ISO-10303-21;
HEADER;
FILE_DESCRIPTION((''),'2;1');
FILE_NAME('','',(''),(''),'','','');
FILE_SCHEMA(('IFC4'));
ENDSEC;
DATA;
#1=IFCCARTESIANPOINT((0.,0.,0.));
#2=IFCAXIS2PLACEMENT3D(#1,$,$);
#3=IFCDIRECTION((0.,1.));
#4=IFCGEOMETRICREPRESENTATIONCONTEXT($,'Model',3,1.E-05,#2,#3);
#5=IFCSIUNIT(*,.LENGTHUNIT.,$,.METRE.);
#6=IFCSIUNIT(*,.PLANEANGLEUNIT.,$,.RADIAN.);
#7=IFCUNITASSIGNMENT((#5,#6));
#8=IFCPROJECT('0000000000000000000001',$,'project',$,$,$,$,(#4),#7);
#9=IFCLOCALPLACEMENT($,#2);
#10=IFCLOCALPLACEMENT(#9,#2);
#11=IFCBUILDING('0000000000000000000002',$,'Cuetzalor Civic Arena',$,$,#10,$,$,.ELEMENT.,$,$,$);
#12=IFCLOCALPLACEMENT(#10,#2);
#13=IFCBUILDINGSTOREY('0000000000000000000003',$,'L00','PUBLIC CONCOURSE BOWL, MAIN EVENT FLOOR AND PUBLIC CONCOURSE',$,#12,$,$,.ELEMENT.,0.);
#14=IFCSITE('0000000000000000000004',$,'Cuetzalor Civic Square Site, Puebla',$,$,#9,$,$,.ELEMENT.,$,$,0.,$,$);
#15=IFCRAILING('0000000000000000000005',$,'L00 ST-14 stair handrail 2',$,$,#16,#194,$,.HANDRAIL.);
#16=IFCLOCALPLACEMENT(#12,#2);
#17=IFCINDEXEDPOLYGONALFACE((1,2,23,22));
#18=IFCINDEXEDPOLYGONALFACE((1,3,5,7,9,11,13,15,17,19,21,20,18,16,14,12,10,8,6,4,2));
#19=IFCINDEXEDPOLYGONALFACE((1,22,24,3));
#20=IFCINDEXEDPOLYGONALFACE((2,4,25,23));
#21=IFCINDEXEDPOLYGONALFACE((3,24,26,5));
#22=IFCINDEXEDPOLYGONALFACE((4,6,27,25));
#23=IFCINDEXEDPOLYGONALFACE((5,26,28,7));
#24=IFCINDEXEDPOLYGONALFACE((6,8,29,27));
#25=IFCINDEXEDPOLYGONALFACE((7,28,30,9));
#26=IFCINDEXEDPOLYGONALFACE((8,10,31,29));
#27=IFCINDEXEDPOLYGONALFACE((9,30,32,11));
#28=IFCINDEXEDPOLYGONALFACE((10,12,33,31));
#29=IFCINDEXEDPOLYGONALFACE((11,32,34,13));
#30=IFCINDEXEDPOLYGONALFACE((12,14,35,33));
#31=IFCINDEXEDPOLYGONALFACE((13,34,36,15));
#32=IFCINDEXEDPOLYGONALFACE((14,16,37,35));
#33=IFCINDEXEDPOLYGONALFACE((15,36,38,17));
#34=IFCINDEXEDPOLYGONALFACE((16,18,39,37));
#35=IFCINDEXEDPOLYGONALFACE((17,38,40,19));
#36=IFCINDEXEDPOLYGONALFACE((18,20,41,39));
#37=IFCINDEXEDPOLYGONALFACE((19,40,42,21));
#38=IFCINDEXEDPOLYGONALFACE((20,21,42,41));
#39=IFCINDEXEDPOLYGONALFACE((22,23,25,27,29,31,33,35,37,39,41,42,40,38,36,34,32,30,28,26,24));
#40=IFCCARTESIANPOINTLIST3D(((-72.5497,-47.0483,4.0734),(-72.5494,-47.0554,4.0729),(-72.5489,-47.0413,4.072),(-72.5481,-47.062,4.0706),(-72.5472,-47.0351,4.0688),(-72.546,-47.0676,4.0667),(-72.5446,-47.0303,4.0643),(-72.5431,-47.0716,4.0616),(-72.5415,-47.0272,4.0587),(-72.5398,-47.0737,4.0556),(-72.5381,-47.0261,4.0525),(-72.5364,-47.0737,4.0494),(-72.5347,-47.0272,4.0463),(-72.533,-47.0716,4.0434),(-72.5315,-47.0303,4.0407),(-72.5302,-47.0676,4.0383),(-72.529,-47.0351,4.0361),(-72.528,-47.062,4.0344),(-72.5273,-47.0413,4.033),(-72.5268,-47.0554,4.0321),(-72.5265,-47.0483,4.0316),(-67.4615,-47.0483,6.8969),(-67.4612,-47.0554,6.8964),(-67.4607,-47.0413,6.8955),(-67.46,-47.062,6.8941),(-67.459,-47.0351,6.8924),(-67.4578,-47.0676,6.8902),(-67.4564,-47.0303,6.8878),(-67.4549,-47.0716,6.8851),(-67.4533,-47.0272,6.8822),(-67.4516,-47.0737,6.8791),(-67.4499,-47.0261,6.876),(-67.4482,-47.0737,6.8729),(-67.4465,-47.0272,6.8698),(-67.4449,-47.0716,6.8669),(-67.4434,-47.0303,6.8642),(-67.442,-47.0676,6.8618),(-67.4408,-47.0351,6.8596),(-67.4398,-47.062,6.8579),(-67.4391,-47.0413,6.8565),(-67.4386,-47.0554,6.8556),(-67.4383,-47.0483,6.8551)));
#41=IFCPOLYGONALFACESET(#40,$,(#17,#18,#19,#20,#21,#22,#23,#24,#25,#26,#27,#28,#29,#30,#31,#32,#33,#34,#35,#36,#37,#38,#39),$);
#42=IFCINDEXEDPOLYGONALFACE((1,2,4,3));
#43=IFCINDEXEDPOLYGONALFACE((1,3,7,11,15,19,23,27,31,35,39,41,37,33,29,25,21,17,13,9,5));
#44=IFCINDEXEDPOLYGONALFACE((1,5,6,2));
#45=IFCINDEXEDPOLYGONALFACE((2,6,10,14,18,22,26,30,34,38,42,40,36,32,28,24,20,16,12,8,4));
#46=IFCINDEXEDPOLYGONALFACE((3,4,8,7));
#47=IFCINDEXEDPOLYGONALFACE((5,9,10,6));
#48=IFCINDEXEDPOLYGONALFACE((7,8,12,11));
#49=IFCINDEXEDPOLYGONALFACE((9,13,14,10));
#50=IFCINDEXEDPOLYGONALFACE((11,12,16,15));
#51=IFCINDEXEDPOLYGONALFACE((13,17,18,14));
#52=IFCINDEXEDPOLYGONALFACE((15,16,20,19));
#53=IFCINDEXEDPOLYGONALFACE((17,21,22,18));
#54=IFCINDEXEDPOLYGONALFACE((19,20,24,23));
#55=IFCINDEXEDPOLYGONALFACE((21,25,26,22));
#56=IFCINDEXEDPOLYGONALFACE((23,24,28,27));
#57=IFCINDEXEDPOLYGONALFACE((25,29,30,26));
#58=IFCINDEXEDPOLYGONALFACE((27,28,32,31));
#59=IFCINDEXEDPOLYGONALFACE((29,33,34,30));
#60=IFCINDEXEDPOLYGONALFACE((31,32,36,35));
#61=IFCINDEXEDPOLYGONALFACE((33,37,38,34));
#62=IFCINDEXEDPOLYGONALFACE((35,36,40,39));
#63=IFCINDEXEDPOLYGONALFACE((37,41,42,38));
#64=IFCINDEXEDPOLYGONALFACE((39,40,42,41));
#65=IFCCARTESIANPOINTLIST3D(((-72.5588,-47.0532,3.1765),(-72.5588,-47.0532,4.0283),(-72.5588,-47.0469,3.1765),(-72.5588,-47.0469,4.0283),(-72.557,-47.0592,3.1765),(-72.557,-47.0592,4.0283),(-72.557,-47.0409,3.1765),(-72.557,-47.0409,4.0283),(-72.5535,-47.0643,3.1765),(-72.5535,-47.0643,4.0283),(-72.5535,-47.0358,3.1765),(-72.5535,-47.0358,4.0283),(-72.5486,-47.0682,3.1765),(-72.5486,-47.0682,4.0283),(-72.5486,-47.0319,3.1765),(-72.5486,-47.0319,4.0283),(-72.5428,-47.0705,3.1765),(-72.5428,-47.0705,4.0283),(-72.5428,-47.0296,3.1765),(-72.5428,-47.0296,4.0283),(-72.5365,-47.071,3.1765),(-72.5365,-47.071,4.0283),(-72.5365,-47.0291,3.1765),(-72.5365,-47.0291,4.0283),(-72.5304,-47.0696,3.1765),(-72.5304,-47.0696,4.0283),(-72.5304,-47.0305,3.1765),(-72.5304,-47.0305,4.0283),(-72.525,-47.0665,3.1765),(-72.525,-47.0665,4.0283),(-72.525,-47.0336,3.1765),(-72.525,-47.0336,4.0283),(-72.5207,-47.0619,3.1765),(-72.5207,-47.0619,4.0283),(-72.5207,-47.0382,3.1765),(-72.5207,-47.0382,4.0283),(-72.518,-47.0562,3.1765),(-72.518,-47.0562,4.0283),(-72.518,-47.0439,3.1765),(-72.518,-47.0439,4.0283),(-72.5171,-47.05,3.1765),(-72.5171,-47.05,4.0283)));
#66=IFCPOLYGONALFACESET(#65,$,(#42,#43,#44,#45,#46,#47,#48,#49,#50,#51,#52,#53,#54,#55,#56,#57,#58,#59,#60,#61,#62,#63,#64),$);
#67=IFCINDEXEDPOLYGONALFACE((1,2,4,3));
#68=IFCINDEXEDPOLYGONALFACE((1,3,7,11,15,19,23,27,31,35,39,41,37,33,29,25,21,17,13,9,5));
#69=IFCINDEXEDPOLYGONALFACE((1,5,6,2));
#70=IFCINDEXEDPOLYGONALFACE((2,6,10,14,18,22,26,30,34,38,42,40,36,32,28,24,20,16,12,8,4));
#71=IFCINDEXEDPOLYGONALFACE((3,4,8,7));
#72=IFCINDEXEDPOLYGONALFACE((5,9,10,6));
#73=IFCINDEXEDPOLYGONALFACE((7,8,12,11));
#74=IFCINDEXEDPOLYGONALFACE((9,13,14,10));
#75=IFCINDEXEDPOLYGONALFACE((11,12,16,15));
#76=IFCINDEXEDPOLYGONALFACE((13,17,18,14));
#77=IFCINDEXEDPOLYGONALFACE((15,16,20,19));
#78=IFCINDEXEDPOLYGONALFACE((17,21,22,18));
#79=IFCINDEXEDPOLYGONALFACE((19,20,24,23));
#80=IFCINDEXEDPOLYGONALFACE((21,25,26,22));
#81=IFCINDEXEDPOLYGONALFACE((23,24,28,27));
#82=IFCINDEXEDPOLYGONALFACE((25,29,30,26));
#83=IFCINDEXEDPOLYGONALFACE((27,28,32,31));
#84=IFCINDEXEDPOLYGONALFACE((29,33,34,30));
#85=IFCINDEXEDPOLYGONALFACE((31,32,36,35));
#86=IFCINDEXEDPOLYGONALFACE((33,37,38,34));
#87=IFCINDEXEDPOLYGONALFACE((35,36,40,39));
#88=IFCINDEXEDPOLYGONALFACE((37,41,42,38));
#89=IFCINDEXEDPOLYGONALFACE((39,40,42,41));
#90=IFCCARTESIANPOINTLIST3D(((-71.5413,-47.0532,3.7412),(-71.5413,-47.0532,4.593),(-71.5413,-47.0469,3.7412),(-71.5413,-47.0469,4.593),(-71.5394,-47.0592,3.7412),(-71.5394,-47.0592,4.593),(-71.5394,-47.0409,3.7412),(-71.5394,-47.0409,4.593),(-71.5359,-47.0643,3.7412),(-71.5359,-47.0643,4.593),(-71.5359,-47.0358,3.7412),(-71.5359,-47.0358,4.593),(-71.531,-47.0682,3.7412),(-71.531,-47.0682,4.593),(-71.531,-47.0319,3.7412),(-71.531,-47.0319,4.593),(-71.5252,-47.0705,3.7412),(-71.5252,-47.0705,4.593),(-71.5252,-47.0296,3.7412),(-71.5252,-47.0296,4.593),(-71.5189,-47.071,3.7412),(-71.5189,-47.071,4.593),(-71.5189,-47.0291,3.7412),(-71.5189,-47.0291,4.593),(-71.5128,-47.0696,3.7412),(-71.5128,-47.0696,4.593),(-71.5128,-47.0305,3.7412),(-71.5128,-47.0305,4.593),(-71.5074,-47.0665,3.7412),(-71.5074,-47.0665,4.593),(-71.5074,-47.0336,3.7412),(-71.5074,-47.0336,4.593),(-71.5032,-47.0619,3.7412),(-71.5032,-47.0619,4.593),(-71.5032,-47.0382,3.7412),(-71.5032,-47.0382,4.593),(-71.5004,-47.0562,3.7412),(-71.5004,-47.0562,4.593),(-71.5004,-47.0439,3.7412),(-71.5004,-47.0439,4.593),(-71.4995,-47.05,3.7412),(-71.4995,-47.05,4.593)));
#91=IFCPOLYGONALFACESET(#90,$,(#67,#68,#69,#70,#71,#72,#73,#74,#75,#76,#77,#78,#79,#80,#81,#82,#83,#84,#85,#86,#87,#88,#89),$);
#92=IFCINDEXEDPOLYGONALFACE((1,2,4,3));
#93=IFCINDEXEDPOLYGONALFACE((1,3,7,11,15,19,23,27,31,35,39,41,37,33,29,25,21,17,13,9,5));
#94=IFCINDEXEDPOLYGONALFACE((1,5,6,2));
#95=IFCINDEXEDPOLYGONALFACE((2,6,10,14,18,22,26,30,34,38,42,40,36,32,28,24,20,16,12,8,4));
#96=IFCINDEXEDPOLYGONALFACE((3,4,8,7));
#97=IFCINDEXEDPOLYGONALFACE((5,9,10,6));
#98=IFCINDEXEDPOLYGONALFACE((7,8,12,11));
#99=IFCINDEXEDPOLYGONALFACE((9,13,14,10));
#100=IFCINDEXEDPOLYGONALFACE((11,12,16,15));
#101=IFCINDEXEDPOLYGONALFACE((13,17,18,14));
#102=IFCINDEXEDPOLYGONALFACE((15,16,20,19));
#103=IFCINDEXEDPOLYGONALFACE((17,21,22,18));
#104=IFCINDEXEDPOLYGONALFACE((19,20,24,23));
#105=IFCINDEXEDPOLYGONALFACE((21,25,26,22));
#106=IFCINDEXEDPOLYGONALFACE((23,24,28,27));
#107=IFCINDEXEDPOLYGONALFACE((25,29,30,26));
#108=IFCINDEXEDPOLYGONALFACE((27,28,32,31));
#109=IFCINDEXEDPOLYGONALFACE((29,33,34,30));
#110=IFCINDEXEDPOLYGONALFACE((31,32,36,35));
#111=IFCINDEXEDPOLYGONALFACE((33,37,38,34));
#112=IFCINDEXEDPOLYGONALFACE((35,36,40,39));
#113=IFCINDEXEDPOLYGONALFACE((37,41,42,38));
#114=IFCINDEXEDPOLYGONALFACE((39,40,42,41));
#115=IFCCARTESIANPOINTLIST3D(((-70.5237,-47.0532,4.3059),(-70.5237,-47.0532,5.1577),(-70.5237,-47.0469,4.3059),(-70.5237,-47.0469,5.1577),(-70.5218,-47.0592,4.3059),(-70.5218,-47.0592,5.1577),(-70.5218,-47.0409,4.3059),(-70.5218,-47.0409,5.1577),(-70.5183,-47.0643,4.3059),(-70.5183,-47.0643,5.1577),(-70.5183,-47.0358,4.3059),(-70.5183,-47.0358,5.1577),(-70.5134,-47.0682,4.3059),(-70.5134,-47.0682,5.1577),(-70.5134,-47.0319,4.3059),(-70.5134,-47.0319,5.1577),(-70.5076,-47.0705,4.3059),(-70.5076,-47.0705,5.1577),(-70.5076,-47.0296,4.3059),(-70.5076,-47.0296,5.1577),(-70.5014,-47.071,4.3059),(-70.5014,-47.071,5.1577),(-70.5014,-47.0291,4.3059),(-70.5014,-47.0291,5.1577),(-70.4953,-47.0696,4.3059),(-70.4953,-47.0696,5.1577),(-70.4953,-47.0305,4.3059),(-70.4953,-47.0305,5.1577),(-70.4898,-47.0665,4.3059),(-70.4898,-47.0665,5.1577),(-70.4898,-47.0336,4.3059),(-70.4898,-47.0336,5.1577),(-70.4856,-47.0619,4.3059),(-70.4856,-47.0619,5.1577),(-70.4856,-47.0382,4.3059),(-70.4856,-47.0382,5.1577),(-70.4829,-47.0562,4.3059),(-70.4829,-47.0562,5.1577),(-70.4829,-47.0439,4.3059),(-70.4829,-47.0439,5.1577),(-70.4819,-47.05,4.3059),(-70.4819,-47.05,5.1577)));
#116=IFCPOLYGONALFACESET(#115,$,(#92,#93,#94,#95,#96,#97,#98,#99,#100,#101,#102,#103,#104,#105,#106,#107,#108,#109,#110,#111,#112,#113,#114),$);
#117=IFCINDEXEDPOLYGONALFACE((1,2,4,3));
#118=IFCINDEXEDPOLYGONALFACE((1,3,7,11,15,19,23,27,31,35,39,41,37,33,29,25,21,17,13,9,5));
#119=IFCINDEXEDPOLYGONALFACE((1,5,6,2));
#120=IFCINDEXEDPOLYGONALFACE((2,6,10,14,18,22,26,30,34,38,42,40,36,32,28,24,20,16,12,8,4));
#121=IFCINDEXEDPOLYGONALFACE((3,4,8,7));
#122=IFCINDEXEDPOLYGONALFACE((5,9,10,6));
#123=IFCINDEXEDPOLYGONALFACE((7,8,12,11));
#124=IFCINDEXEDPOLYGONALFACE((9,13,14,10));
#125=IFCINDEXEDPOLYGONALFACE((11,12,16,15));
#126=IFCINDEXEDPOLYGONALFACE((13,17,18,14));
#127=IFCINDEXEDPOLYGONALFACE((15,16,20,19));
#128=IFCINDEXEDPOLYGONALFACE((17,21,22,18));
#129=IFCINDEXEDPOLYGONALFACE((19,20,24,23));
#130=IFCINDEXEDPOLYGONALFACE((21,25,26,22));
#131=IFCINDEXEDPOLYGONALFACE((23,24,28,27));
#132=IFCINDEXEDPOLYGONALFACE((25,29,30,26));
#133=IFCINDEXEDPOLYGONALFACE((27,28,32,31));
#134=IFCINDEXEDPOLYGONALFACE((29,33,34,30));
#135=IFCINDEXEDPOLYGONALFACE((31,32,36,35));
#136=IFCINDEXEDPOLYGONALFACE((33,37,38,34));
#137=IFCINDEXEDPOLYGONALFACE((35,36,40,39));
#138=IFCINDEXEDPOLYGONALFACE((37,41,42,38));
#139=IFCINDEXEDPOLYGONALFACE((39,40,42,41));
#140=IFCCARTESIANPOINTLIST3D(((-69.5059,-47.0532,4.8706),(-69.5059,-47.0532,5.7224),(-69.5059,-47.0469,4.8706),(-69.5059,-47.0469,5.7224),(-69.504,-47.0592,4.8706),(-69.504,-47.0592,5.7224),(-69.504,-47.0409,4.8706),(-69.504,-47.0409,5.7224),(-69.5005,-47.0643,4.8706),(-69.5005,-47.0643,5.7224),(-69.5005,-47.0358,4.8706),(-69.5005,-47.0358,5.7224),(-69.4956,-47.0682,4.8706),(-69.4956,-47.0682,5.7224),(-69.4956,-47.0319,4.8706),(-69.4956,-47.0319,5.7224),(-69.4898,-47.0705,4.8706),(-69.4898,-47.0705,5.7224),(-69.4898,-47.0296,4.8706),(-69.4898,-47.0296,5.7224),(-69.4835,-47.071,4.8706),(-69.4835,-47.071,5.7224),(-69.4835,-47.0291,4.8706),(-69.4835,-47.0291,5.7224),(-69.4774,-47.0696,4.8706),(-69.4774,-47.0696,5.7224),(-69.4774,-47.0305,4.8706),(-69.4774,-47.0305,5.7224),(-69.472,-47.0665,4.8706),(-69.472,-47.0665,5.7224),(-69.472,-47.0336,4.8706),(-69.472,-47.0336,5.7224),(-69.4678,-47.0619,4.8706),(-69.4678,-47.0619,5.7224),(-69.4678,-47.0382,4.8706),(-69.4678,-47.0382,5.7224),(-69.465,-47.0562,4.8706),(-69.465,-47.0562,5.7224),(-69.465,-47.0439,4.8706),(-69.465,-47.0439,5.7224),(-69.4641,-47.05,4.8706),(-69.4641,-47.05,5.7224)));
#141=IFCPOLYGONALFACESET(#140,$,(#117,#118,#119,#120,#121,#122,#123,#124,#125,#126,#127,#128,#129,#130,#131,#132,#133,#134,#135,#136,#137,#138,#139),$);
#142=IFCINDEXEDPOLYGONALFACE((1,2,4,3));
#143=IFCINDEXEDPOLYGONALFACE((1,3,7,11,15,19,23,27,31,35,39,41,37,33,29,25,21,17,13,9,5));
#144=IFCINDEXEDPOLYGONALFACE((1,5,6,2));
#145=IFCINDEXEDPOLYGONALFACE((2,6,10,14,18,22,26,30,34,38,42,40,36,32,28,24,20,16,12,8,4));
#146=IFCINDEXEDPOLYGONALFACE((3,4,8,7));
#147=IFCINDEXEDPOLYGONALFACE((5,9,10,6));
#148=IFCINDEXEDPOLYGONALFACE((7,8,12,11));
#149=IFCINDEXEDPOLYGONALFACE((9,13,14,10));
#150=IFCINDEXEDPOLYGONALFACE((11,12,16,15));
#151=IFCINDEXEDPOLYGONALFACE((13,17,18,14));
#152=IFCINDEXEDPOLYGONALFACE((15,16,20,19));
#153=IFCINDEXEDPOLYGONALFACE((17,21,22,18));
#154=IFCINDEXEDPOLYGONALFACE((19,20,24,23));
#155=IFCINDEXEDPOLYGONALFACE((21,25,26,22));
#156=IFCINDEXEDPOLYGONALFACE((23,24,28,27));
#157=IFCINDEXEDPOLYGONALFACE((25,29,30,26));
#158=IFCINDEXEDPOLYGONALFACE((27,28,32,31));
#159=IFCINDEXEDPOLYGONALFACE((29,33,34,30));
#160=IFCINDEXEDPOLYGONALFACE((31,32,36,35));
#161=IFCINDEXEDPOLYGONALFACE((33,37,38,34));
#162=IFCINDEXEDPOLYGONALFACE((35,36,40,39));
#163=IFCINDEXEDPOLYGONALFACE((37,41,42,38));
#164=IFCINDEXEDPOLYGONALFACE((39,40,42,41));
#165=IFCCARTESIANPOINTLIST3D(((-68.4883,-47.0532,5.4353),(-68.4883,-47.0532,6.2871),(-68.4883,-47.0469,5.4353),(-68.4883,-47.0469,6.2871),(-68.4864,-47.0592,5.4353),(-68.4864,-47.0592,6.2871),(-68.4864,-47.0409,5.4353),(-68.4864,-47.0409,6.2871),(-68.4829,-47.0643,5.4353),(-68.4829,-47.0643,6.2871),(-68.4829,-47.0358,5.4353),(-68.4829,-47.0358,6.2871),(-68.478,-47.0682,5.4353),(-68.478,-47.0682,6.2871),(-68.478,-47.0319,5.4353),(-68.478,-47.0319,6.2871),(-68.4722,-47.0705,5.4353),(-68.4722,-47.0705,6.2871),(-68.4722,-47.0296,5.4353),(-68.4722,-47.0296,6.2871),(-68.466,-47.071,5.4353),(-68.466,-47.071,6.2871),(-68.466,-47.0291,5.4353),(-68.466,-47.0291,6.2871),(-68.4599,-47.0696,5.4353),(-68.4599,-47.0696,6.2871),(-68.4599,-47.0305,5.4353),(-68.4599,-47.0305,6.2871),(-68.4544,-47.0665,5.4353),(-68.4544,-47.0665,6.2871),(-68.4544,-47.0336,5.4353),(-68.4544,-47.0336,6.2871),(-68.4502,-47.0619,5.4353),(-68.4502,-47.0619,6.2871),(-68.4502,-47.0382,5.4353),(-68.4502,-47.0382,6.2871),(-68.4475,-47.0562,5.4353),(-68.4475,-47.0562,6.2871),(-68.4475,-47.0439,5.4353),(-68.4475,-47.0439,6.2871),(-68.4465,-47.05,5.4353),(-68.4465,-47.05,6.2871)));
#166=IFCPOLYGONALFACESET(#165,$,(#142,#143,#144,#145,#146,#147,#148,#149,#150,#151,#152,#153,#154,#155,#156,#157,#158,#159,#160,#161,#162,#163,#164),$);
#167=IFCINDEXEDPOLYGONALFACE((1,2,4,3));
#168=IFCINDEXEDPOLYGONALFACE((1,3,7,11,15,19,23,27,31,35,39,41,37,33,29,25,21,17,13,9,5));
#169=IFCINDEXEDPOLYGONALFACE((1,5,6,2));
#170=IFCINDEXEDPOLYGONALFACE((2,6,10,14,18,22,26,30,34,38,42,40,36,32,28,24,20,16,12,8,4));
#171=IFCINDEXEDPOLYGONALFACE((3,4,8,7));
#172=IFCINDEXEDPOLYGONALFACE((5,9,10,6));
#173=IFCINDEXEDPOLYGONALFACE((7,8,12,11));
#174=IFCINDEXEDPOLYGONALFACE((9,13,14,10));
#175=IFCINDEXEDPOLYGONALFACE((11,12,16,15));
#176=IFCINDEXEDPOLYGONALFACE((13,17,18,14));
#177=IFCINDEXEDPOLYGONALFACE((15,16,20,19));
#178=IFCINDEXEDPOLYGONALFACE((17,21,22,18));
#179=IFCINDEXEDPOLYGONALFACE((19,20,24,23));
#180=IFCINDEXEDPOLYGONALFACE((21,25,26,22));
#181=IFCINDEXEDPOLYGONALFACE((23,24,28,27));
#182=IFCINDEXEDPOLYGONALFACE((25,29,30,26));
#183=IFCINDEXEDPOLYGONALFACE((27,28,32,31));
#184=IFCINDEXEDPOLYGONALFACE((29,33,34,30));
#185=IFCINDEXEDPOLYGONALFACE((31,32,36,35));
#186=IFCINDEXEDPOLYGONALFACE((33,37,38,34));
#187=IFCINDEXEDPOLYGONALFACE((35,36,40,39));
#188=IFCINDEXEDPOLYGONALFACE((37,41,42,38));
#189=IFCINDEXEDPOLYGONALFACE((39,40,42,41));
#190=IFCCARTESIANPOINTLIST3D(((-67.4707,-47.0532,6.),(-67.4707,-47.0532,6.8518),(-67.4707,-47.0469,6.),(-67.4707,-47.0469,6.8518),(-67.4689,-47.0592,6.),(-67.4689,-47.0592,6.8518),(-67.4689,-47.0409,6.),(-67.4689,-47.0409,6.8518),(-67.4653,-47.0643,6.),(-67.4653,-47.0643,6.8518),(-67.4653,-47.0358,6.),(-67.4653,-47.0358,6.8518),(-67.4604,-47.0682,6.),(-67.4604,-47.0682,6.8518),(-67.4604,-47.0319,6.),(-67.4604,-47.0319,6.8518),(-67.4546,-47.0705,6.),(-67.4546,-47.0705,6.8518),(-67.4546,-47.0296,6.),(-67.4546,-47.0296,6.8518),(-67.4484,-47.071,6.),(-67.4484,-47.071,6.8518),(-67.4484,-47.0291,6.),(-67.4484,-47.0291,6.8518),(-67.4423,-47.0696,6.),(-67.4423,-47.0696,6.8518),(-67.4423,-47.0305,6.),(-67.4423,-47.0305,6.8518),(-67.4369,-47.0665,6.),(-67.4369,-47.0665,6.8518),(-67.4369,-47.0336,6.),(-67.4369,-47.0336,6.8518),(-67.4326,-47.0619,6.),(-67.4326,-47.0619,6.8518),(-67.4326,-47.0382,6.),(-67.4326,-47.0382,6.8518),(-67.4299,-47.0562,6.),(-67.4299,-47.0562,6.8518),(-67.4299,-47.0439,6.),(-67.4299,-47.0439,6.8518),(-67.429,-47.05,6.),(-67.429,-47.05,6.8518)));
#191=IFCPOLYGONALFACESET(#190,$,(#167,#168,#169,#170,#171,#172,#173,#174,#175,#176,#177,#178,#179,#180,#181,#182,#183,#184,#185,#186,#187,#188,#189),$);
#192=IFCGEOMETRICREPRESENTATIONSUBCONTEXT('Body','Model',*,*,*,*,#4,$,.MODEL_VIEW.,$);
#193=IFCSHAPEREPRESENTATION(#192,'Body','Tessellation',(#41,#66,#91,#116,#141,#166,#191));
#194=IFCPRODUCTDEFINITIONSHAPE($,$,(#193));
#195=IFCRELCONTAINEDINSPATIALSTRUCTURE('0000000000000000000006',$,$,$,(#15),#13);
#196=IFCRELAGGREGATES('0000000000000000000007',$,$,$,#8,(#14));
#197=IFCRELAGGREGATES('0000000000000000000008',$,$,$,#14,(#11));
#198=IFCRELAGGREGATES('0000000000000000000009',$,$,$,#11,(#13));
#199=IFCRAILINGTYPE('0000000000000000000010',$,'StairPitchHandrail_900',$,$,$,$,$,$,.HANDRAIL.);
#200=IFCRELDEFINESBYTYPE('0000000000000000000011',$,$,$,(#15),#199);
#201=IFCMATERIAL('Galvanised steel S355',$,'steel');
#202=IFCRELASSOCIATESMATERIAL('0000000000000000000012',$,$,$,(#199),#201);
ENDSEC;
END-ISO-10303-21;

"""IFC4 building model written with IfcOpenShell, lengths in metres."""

from ifc_helpers import new_model, si_unit, direction, frame, origin, origin_2d, place, context, subcontext, project, spatial, circle, extrude, material, type_object, element, save


model = new_model("IFC4")

# Units and contexts
model_context = context("Model", 3, precision=1e-05, world=origin(), true_north=direction((0.0, 1.0)))
body_context = subcontext(model_context, "Body", "Model", "MODEL_VIEW")
ifc_project = project(units=[si_unit("LENGTHUNIT", "METRE"), si_unit("PLANEANGLEUNIT", "RADIAN")], contexts=[model_context])

# Site, building, storey
site_placement = place(None, origin())
site = spatial("IfcSite", under=ifc_project, at=site_placement, Name="Cuetzalor Civic Square Site, Puebla", CompositionType="ELEMENT", RefElevation=0.0)
building_placement = place(site_placement, origin())
building = spatial("IfcBuilding", under=site, at=building_placement, Name="Cuetzalor Civic Arena", CompositionType="ELEMENT")
storey_placement = place(building_placement, origin())
storey = spatial("IfcBuildingStorey", under=building, at=storey_placement, Name="L00", Description="PUBLIC CONCOURSE BOWL, MAIN EVENT FLOOR AND PUBLIC CONCOURSE", CompositionType="ELEMENT", Elevation=0.0)

# Railing
ifc_material_1 = material(Name="Galvanised steel S355", Category="steel")
railing_type_1 = type_object("IfcRailingType", Name="StairPitchHandrail_900", PredefinedType="HANDRAIL", material=ifc_material_1)
for number, where, name in (
    (1, (-72.5381, -47.05, 3.1765), "L00 ST-14 stair handrail 2"),
):
    element("IfcRailing", number, at=place(storey_placement, frame(where)), inside=storey, type_object=railing_type_1, Name=name, PredefinedType="HANDRAIL", context=body_context, shape_type="SweptSolid", body=[
        extrude(circle(Radius=0.0239, at=origin_2d()), frame((0.0, 0.0, 0.876), z_axis=(0.874395, 0.0, 0.485215), x_axis=(0.0, 1.0, 0.0)), (0.0, 0.0, 1.0), 5.8191),
        extrude(circle(Radius=0.021, at=origin_2d()), origin(), (0.0, 0.0, 1.0), 0.8518),
        extrude(circle(Radius=0.021, at=origin_2d()), frame((1.0176, 0.0, 0.5647)), (0.0, 0.0, 1.0), 0.8518),
        extrude(circle(Radius=0.021, at=origin_2d()), frame((2.0352, 0.0, 1.1294)), (0.0, 0.0, 1.0), 0.8518),
        extrude(circle(Radius=0.021, at=origin_2d()), frame((3.053, 0.0, 1.6941)), (0.0, 0.0, 1.0), 0.8518),
        extrude(circle(Radius=0.021, at=origin_2d()), frame((4.0706, 0.0, 2.2588)), (0.0, 0.0, 1.0), 0.8518),
        extrude(circle(Radius=0.021, at=origin_2d()), frame((5.0881, 0.0, 2.8235)), (0.0, 0.0, 1.0), 0.8518),
    ])

save(model, "model.ifc")
